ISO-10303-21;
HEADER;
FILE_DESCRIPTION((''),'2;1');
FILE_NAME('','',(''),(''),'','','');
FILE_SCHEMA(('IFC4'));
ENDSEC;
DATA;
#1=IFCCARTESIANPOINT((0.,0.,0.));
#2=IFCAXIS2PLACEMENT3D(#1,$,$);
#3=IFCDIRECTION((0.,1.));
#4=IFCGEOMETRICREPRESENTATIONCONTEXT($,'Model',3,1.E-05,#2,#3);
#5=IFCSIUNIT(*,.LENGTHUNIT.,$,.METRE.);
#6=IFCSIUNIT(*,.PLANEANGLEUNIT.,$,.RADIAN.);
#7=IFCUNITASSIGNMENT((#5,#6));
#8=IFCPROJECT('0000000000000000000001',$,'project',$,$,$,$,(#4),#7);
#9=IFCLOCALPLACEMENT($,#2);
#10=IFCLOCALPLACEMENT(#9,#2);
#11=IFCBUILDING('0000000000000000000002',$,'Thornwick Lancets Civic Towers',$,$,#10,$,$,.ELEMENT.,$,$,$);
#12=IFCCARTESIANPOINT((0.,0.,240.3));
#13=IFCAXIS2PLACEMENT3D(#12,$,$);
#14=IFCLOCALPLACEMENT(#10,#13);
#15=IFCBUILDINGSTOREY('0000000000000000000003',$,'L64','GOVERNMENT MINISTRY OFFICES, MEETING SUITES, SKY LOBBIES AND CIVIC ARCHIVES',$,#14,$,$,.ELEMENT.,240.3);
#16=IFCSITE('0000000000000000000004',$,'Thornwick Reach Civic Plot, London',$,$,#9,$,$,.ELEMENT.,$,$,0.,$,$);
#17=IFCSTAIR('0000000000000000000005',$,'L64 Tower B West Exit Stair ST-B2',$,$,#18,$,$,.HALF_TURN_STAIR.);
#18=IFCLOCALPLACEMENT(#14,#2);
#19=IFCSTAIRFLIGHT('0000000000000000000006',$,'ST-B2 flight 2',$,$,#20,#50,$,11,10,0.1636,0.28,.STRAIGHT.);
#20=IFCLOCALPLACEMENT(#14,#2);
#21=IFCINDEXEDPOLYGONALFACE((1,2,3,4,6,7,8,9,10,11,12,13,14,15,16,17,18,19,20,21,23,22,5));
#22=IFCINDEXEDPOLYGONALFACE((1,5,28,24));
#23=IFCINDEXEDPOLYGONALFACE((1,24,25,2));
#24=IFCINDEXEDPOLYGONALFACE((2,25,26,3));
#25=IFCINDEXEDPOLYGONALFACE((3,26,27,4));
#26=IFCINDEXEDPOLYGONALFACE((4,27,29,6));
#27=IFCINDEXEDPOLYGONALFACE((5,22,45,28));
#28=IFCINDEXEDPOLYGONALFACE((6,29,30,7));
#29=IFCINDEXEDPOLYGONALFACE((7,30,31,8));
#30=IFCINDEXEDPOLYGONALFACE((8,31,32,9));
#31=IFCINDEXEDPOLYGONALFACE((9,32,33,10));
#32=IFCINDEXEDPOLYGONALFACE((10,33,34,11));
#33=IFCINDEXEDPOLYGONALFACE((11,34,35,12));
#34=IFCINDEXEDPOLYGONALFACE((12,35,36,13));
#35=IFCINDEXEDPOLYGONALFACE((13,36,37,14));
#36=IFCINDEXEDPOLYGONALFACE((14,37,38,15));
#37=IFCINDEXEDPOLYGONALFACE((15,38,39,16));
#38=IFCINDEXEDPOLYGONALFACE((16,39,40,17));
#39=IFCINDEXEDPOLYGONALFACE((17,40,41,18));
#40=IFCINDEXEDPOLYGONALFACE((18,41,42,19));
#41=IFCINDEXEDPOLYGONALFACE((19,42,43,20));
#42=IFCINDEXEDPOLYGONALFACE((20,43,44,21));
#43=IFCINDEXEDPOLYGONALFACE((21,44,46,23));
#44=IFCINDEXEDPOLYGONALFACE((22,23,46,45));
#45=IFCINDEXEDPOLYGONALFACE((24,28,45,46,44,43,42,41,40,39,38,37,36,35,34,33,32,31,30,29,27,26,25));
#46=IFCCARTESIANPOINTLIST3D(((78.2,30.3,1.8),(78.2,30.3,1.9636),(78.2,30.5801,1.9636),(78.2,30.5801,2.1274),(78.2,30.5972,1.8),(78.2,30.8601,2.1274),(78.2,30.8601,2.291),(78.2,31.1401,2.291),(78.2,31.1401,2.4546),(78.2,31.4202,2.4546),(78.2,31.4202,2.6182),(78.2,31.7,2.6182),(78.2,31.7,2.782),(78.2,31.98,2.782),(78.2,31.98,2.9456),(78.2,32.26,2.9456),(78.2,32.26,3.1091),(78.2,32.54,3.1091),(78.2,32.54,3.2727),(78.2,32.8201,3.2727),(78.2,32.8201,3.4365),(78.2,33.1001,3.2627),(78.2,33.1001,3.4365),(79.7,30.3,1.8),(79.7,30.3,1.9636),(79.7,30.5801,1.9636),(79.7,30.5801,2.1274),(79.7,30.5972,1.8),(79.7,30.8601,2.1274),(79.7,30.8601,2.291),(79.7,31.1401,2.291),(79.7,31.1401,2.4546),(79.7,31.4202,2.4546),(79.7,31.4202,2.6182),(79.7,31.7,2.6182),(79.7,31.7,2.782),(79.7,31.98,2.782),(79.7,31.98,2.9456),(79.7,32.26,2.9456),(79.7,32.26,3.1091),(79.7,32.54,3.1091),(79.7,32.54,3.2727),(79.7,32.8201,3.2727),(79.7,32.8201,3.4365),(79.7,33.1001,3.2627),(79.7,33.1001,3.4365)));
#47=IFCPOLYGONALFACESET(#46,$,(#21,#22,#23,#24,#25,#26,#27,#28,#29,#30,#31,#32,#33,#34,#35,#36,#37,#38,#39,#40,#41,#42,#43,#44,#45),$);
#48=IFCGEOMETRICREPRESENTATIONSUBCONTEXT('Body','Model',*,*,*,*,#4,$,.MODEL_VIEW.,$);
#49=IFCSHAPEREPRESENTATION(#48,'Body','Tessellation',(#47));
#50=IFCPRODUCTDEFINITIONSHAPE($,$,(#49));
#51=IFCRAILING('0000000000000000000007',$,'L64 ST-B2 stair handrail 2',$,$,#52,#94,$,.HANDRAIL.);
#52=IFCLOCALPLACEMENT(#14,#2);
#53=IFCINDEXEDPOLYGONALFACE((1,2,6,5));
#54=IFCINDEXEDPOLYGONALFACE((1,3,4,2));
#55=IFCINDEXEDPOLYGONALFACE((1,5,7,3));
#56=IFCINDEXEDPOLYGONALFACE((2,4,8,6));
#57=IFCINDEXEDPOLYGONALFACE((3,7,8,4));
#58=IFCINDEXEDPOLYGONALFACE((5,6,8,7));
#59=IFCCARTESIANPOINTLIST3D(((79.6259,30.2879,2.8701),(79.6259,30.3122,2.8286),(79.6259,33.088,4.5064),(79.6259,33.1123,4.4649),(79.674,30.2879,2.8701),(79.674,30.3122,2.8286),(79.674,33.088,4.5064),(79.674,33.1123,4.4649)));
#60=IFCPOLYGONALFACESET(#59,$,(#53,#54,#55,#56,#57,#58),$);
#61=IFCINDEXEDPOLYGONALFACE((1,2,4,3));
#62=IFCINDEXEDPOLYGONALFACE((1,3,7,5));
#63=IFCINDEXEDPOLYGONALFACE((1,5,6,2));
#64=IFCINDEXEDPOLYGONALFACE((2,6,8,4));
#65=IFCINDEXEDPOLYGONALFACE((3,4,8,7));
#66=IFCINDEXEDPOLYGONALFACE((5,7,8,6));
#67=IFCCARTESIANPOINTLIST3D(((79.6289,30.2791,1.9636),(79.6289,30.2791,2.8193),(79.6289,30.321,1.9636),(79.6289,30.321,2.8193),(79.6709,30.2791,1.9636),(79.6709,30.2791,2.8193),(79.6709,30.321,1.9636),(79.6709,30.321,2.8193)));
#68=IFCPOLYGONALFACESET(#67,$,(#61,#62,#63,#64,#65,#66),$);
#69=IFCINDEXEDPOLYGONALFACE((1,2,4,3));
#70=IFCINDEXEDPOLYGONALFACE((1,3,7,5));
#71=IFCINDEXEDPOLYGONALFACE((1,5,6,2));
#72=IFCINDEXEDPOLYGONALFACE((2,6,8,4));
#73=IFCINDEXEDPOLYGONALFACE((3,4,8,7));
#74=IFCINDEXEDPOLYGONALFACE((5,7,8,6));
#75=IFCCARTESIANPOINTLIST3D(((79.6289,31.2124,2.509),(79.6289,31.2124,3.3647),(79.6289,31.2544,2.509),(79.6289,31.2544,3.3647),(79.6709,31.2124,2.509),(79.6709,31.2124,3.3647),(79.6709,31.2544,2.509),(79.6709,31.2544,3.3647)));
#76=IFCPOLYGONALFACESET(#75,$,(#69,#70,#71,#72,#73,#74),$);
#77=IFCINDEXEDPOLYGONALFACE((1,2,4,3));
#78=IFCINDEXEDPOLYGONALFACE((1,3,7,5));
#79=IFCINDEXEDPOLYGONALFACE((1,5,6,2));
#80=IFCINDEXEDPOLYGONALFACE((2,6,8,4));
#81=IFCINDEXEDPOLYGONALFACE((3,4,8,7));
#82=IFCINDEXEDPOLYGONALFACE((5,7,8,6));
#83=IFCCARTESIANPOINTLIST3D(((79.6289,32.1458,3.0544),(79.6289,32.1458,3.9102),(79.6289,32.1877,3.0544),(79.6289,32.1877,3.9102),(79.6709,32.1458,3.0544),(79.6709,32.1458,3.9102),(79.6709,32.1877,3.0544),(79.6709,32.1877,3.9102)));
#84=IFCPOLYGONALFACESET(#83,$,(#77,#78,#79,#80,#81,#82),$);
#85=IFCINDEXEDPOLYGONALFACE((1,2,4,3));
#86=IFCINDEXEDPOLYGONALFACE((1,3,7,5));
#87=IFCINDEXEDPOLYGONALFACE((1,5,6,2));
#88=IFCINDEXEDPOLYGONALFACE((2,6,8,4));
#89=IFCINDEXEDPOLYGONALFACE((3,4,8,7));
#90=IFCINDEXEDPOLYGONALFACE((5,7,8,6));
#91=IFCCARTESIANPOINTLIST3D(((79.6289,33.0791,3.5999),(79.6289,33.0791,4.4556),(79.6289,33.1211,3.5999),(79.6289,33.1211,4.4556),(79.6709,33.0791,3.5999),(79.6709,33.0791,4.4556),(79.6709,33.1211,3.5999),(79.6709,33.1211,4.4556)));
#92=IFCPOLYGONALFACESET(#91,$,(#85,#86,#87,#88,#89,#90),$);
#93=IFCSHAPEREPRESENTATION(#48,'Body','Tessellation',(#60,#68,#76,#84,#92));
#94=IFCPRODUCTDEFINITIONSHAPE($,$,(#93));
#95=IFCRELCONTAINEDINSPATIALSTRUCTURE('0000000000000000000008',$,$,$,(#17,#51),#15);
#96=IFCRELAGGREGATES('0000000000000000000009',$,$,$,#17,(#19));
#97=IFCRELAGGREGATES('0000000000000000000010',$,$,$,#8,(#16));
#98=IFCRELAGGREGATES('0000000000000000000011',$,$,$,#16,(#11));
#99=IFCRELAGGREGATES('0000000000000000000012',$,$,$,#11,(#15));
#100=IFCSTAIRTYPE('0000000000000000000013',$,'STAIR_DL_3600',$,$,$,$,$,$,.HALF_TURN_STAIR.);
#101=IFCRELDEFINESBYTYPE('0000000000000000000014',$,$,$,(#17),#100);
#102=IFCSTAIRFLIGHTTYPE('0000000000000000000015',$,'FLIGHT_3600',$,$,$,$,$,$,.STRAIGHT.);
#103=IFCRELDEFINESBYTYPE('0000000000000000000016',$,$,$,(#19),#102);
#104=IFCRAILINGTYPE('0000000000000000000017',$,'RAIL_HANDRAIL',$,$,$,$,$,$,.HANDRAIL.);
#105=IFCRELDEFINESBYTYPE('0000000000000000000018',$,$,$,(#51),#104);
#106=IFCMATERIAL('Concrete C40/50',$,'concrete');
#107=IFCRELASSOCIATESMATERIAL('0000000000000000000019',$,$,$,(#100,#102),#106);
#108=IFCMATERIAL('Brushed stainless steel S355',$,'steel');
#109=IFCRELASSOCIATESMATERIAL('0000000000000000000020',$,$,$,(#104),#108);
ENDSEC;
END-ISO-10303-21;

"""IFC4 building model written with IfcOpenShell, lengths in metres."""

from ifc_helpers import new_model, si_unit, direction, frame, origin, origin_2d, place, context, subcontext, project, spatial, polyline, rectangle, outline, extrude, material, type_object, element, aggregate, save


model = new_model("IFC4")

# Units and contexts
model_context = context("Model", 3, precision=1e-05, world=origin(), true_north=direction((0.0, 1.0)))
body_context = subcontext(model_context, "Body", "Model", "MODEL_VIEW")
ifc_project = project(units=[si_unit("LENGTHUNIT", "METRE"), si_unit("PLANEANGLEUNIT", "RADIAN")], contexts=[model_context])

# Site, building, storey
site_placement = place(None, origin())
site = spatial("IfcSite", under=ifc_project, at=site_placement, Name="Thornwick Reach Civic Plot, London", CompositionType="ELEMENT", RefElevation=0.0)
building_placement = place(site_placement, origin())
building = spatial("IfcBuilding", under=site, at=building_placement, Name="Thornwick Lancets Civic Towers", CompositionType="ELEMENT")
storey_placement = place(building_placement, frame((0.0, 0.0, 240.3)))
storey = spatial("IfcBuildingStorey", under=building, at=storey_placement, Name="L64", Description="GOVERNMENT MINISTRY OFFICES, MEETING SUITES, SKY LOBBIES AND CIVIC ARCHIVES", CompositionType="ELEMENT", Elevation=240.3)

# Shared definitions
ifc_material_1 = material(Name="Concrete C40/50", Category="concrete")

# Stair, stair flight
stair_type = type_object("IfcStairType", Name="STAIR_DL_3600", PredefinedType="HALF_TURN_STAIR", material=ifc_material_1)
stair_placement = place(storey_placement, origin())
stair = element("IfcStair", 1, at=stair_placement, inside=storey, type_object=stair_type, Name="L64 Tower B West Exit Stair ST-B2", PredefinedType="HALF_TURN_STAIR")
stair_flight_type = type_object("IfcStairFlightType", Name="FLIGHT_3600", PredefinedType="STRAIGHT", material=ifc_material_1)
stair_flight_placement = place(storey_placement, frame((78.95, 30.3, 1.8), z_axis=(0.0, 0.0, 1.0), x_axis=(0.0, 1.0, 0.0)))
stair_flight = element("IfcStairFlight", 2, at=stair_flight_placement, type_object=stair_flight_type, Name="ST-B2 flight 2", NumberOfRisers=11, NumberOfTreads=10, PredefinedType="STRAIGHT", RiserHeight=0.1636, TreadLength=0.28, context=body_context, shape_type="SweptSolid", body=[
    extrude(outline(polyline([(0.0, 0.0), (0.0, 0.1636), (0.28, 0.1636), (0.28, 0.3274), (0.5601, 0.3274), (0.5601, 0.491), (0.8401, 0.491), (0.8401, 0.6545), (1.1201, 0.6545), (1.1201, 0.8181), (1.3999, 0.8181), (1.3999, 0.9819), (1.6799, 0.9819), (1.6799, 1.1455), (1.96, 1.1455), (1.96, 1.3091), (2.24, 1.3091), (2.24, 1.4727), (2.52, 1.4727), (2.52, 1.6365), (2.8, 1.6365), (2.8, 1.8), (2.8, 1.4626), (0.2971, 0.0), (0.0, 0.0)])), frame((0.0, 0.75, 0.0), z_axis=(0.0, -1.0, 0.0), x_axis=(1.0, 0.0, 0.0)), (0.0, 0.0, 1.0), 1.5),
])
aggregate(stair, [stair_flight])

# Railing
ifc_material_2 = material(Name="Brushed stainless steel S355", Category="steel")
railing_type = type_object("IfcRailingType", Name="RAIL_HANDRAIL", PredefinedType="HANDRAIL", material=ifc_material_2)
railing_placement = place(storey_placement, frame((79.6499, 30.3, 1.9636)))
element("IfcRailing", 3, at=railing_placement, inside=storey, type_object=railing_type, Name="L64 ST-B2 stair handrail 2", PredefinedType="HANDRAIL", context=body_context, shape_type="SweptSolid", body=[
    extrude(rectangle(XDim=0.0481, YDim=0.0481, at=origin_2d()), frame((0.0, 0.0, 0.8857), z_axis=(0.0, 0.863394, 0.504531), x_axis=(-1.0, 0.0, 0.0)), (0.0, 0.0, 1.0), 3.2432),
    extrude(rectangle(XDim=0.042, YDim=0.042, at=origin_2d()), origin(), (0.0, 0.0, 1.0), 0.8557),
    extrude(rectangle(XDim=0.042, YDim=0.042, at=origin_2d()), frame((0.0, 0.9333, 0.5454)), (0.0, 0.0, 1.0), 0.8557),
    extrude(rectangle(XDim=0.042, YDim=0.042, at=origin_2d()), frame((0.0, 1.8667, 1.0908)), (0.0, 0.0, 1.0), 0.8557),
    extrude(rectangle(XDim=0.042, YDim=0.042, at=origin_2d()), frame((0.0, 2.8, 1.6362)), (0.0, 0.0, 1.0), 0.8557),
])

save(model, "model.ifc")
